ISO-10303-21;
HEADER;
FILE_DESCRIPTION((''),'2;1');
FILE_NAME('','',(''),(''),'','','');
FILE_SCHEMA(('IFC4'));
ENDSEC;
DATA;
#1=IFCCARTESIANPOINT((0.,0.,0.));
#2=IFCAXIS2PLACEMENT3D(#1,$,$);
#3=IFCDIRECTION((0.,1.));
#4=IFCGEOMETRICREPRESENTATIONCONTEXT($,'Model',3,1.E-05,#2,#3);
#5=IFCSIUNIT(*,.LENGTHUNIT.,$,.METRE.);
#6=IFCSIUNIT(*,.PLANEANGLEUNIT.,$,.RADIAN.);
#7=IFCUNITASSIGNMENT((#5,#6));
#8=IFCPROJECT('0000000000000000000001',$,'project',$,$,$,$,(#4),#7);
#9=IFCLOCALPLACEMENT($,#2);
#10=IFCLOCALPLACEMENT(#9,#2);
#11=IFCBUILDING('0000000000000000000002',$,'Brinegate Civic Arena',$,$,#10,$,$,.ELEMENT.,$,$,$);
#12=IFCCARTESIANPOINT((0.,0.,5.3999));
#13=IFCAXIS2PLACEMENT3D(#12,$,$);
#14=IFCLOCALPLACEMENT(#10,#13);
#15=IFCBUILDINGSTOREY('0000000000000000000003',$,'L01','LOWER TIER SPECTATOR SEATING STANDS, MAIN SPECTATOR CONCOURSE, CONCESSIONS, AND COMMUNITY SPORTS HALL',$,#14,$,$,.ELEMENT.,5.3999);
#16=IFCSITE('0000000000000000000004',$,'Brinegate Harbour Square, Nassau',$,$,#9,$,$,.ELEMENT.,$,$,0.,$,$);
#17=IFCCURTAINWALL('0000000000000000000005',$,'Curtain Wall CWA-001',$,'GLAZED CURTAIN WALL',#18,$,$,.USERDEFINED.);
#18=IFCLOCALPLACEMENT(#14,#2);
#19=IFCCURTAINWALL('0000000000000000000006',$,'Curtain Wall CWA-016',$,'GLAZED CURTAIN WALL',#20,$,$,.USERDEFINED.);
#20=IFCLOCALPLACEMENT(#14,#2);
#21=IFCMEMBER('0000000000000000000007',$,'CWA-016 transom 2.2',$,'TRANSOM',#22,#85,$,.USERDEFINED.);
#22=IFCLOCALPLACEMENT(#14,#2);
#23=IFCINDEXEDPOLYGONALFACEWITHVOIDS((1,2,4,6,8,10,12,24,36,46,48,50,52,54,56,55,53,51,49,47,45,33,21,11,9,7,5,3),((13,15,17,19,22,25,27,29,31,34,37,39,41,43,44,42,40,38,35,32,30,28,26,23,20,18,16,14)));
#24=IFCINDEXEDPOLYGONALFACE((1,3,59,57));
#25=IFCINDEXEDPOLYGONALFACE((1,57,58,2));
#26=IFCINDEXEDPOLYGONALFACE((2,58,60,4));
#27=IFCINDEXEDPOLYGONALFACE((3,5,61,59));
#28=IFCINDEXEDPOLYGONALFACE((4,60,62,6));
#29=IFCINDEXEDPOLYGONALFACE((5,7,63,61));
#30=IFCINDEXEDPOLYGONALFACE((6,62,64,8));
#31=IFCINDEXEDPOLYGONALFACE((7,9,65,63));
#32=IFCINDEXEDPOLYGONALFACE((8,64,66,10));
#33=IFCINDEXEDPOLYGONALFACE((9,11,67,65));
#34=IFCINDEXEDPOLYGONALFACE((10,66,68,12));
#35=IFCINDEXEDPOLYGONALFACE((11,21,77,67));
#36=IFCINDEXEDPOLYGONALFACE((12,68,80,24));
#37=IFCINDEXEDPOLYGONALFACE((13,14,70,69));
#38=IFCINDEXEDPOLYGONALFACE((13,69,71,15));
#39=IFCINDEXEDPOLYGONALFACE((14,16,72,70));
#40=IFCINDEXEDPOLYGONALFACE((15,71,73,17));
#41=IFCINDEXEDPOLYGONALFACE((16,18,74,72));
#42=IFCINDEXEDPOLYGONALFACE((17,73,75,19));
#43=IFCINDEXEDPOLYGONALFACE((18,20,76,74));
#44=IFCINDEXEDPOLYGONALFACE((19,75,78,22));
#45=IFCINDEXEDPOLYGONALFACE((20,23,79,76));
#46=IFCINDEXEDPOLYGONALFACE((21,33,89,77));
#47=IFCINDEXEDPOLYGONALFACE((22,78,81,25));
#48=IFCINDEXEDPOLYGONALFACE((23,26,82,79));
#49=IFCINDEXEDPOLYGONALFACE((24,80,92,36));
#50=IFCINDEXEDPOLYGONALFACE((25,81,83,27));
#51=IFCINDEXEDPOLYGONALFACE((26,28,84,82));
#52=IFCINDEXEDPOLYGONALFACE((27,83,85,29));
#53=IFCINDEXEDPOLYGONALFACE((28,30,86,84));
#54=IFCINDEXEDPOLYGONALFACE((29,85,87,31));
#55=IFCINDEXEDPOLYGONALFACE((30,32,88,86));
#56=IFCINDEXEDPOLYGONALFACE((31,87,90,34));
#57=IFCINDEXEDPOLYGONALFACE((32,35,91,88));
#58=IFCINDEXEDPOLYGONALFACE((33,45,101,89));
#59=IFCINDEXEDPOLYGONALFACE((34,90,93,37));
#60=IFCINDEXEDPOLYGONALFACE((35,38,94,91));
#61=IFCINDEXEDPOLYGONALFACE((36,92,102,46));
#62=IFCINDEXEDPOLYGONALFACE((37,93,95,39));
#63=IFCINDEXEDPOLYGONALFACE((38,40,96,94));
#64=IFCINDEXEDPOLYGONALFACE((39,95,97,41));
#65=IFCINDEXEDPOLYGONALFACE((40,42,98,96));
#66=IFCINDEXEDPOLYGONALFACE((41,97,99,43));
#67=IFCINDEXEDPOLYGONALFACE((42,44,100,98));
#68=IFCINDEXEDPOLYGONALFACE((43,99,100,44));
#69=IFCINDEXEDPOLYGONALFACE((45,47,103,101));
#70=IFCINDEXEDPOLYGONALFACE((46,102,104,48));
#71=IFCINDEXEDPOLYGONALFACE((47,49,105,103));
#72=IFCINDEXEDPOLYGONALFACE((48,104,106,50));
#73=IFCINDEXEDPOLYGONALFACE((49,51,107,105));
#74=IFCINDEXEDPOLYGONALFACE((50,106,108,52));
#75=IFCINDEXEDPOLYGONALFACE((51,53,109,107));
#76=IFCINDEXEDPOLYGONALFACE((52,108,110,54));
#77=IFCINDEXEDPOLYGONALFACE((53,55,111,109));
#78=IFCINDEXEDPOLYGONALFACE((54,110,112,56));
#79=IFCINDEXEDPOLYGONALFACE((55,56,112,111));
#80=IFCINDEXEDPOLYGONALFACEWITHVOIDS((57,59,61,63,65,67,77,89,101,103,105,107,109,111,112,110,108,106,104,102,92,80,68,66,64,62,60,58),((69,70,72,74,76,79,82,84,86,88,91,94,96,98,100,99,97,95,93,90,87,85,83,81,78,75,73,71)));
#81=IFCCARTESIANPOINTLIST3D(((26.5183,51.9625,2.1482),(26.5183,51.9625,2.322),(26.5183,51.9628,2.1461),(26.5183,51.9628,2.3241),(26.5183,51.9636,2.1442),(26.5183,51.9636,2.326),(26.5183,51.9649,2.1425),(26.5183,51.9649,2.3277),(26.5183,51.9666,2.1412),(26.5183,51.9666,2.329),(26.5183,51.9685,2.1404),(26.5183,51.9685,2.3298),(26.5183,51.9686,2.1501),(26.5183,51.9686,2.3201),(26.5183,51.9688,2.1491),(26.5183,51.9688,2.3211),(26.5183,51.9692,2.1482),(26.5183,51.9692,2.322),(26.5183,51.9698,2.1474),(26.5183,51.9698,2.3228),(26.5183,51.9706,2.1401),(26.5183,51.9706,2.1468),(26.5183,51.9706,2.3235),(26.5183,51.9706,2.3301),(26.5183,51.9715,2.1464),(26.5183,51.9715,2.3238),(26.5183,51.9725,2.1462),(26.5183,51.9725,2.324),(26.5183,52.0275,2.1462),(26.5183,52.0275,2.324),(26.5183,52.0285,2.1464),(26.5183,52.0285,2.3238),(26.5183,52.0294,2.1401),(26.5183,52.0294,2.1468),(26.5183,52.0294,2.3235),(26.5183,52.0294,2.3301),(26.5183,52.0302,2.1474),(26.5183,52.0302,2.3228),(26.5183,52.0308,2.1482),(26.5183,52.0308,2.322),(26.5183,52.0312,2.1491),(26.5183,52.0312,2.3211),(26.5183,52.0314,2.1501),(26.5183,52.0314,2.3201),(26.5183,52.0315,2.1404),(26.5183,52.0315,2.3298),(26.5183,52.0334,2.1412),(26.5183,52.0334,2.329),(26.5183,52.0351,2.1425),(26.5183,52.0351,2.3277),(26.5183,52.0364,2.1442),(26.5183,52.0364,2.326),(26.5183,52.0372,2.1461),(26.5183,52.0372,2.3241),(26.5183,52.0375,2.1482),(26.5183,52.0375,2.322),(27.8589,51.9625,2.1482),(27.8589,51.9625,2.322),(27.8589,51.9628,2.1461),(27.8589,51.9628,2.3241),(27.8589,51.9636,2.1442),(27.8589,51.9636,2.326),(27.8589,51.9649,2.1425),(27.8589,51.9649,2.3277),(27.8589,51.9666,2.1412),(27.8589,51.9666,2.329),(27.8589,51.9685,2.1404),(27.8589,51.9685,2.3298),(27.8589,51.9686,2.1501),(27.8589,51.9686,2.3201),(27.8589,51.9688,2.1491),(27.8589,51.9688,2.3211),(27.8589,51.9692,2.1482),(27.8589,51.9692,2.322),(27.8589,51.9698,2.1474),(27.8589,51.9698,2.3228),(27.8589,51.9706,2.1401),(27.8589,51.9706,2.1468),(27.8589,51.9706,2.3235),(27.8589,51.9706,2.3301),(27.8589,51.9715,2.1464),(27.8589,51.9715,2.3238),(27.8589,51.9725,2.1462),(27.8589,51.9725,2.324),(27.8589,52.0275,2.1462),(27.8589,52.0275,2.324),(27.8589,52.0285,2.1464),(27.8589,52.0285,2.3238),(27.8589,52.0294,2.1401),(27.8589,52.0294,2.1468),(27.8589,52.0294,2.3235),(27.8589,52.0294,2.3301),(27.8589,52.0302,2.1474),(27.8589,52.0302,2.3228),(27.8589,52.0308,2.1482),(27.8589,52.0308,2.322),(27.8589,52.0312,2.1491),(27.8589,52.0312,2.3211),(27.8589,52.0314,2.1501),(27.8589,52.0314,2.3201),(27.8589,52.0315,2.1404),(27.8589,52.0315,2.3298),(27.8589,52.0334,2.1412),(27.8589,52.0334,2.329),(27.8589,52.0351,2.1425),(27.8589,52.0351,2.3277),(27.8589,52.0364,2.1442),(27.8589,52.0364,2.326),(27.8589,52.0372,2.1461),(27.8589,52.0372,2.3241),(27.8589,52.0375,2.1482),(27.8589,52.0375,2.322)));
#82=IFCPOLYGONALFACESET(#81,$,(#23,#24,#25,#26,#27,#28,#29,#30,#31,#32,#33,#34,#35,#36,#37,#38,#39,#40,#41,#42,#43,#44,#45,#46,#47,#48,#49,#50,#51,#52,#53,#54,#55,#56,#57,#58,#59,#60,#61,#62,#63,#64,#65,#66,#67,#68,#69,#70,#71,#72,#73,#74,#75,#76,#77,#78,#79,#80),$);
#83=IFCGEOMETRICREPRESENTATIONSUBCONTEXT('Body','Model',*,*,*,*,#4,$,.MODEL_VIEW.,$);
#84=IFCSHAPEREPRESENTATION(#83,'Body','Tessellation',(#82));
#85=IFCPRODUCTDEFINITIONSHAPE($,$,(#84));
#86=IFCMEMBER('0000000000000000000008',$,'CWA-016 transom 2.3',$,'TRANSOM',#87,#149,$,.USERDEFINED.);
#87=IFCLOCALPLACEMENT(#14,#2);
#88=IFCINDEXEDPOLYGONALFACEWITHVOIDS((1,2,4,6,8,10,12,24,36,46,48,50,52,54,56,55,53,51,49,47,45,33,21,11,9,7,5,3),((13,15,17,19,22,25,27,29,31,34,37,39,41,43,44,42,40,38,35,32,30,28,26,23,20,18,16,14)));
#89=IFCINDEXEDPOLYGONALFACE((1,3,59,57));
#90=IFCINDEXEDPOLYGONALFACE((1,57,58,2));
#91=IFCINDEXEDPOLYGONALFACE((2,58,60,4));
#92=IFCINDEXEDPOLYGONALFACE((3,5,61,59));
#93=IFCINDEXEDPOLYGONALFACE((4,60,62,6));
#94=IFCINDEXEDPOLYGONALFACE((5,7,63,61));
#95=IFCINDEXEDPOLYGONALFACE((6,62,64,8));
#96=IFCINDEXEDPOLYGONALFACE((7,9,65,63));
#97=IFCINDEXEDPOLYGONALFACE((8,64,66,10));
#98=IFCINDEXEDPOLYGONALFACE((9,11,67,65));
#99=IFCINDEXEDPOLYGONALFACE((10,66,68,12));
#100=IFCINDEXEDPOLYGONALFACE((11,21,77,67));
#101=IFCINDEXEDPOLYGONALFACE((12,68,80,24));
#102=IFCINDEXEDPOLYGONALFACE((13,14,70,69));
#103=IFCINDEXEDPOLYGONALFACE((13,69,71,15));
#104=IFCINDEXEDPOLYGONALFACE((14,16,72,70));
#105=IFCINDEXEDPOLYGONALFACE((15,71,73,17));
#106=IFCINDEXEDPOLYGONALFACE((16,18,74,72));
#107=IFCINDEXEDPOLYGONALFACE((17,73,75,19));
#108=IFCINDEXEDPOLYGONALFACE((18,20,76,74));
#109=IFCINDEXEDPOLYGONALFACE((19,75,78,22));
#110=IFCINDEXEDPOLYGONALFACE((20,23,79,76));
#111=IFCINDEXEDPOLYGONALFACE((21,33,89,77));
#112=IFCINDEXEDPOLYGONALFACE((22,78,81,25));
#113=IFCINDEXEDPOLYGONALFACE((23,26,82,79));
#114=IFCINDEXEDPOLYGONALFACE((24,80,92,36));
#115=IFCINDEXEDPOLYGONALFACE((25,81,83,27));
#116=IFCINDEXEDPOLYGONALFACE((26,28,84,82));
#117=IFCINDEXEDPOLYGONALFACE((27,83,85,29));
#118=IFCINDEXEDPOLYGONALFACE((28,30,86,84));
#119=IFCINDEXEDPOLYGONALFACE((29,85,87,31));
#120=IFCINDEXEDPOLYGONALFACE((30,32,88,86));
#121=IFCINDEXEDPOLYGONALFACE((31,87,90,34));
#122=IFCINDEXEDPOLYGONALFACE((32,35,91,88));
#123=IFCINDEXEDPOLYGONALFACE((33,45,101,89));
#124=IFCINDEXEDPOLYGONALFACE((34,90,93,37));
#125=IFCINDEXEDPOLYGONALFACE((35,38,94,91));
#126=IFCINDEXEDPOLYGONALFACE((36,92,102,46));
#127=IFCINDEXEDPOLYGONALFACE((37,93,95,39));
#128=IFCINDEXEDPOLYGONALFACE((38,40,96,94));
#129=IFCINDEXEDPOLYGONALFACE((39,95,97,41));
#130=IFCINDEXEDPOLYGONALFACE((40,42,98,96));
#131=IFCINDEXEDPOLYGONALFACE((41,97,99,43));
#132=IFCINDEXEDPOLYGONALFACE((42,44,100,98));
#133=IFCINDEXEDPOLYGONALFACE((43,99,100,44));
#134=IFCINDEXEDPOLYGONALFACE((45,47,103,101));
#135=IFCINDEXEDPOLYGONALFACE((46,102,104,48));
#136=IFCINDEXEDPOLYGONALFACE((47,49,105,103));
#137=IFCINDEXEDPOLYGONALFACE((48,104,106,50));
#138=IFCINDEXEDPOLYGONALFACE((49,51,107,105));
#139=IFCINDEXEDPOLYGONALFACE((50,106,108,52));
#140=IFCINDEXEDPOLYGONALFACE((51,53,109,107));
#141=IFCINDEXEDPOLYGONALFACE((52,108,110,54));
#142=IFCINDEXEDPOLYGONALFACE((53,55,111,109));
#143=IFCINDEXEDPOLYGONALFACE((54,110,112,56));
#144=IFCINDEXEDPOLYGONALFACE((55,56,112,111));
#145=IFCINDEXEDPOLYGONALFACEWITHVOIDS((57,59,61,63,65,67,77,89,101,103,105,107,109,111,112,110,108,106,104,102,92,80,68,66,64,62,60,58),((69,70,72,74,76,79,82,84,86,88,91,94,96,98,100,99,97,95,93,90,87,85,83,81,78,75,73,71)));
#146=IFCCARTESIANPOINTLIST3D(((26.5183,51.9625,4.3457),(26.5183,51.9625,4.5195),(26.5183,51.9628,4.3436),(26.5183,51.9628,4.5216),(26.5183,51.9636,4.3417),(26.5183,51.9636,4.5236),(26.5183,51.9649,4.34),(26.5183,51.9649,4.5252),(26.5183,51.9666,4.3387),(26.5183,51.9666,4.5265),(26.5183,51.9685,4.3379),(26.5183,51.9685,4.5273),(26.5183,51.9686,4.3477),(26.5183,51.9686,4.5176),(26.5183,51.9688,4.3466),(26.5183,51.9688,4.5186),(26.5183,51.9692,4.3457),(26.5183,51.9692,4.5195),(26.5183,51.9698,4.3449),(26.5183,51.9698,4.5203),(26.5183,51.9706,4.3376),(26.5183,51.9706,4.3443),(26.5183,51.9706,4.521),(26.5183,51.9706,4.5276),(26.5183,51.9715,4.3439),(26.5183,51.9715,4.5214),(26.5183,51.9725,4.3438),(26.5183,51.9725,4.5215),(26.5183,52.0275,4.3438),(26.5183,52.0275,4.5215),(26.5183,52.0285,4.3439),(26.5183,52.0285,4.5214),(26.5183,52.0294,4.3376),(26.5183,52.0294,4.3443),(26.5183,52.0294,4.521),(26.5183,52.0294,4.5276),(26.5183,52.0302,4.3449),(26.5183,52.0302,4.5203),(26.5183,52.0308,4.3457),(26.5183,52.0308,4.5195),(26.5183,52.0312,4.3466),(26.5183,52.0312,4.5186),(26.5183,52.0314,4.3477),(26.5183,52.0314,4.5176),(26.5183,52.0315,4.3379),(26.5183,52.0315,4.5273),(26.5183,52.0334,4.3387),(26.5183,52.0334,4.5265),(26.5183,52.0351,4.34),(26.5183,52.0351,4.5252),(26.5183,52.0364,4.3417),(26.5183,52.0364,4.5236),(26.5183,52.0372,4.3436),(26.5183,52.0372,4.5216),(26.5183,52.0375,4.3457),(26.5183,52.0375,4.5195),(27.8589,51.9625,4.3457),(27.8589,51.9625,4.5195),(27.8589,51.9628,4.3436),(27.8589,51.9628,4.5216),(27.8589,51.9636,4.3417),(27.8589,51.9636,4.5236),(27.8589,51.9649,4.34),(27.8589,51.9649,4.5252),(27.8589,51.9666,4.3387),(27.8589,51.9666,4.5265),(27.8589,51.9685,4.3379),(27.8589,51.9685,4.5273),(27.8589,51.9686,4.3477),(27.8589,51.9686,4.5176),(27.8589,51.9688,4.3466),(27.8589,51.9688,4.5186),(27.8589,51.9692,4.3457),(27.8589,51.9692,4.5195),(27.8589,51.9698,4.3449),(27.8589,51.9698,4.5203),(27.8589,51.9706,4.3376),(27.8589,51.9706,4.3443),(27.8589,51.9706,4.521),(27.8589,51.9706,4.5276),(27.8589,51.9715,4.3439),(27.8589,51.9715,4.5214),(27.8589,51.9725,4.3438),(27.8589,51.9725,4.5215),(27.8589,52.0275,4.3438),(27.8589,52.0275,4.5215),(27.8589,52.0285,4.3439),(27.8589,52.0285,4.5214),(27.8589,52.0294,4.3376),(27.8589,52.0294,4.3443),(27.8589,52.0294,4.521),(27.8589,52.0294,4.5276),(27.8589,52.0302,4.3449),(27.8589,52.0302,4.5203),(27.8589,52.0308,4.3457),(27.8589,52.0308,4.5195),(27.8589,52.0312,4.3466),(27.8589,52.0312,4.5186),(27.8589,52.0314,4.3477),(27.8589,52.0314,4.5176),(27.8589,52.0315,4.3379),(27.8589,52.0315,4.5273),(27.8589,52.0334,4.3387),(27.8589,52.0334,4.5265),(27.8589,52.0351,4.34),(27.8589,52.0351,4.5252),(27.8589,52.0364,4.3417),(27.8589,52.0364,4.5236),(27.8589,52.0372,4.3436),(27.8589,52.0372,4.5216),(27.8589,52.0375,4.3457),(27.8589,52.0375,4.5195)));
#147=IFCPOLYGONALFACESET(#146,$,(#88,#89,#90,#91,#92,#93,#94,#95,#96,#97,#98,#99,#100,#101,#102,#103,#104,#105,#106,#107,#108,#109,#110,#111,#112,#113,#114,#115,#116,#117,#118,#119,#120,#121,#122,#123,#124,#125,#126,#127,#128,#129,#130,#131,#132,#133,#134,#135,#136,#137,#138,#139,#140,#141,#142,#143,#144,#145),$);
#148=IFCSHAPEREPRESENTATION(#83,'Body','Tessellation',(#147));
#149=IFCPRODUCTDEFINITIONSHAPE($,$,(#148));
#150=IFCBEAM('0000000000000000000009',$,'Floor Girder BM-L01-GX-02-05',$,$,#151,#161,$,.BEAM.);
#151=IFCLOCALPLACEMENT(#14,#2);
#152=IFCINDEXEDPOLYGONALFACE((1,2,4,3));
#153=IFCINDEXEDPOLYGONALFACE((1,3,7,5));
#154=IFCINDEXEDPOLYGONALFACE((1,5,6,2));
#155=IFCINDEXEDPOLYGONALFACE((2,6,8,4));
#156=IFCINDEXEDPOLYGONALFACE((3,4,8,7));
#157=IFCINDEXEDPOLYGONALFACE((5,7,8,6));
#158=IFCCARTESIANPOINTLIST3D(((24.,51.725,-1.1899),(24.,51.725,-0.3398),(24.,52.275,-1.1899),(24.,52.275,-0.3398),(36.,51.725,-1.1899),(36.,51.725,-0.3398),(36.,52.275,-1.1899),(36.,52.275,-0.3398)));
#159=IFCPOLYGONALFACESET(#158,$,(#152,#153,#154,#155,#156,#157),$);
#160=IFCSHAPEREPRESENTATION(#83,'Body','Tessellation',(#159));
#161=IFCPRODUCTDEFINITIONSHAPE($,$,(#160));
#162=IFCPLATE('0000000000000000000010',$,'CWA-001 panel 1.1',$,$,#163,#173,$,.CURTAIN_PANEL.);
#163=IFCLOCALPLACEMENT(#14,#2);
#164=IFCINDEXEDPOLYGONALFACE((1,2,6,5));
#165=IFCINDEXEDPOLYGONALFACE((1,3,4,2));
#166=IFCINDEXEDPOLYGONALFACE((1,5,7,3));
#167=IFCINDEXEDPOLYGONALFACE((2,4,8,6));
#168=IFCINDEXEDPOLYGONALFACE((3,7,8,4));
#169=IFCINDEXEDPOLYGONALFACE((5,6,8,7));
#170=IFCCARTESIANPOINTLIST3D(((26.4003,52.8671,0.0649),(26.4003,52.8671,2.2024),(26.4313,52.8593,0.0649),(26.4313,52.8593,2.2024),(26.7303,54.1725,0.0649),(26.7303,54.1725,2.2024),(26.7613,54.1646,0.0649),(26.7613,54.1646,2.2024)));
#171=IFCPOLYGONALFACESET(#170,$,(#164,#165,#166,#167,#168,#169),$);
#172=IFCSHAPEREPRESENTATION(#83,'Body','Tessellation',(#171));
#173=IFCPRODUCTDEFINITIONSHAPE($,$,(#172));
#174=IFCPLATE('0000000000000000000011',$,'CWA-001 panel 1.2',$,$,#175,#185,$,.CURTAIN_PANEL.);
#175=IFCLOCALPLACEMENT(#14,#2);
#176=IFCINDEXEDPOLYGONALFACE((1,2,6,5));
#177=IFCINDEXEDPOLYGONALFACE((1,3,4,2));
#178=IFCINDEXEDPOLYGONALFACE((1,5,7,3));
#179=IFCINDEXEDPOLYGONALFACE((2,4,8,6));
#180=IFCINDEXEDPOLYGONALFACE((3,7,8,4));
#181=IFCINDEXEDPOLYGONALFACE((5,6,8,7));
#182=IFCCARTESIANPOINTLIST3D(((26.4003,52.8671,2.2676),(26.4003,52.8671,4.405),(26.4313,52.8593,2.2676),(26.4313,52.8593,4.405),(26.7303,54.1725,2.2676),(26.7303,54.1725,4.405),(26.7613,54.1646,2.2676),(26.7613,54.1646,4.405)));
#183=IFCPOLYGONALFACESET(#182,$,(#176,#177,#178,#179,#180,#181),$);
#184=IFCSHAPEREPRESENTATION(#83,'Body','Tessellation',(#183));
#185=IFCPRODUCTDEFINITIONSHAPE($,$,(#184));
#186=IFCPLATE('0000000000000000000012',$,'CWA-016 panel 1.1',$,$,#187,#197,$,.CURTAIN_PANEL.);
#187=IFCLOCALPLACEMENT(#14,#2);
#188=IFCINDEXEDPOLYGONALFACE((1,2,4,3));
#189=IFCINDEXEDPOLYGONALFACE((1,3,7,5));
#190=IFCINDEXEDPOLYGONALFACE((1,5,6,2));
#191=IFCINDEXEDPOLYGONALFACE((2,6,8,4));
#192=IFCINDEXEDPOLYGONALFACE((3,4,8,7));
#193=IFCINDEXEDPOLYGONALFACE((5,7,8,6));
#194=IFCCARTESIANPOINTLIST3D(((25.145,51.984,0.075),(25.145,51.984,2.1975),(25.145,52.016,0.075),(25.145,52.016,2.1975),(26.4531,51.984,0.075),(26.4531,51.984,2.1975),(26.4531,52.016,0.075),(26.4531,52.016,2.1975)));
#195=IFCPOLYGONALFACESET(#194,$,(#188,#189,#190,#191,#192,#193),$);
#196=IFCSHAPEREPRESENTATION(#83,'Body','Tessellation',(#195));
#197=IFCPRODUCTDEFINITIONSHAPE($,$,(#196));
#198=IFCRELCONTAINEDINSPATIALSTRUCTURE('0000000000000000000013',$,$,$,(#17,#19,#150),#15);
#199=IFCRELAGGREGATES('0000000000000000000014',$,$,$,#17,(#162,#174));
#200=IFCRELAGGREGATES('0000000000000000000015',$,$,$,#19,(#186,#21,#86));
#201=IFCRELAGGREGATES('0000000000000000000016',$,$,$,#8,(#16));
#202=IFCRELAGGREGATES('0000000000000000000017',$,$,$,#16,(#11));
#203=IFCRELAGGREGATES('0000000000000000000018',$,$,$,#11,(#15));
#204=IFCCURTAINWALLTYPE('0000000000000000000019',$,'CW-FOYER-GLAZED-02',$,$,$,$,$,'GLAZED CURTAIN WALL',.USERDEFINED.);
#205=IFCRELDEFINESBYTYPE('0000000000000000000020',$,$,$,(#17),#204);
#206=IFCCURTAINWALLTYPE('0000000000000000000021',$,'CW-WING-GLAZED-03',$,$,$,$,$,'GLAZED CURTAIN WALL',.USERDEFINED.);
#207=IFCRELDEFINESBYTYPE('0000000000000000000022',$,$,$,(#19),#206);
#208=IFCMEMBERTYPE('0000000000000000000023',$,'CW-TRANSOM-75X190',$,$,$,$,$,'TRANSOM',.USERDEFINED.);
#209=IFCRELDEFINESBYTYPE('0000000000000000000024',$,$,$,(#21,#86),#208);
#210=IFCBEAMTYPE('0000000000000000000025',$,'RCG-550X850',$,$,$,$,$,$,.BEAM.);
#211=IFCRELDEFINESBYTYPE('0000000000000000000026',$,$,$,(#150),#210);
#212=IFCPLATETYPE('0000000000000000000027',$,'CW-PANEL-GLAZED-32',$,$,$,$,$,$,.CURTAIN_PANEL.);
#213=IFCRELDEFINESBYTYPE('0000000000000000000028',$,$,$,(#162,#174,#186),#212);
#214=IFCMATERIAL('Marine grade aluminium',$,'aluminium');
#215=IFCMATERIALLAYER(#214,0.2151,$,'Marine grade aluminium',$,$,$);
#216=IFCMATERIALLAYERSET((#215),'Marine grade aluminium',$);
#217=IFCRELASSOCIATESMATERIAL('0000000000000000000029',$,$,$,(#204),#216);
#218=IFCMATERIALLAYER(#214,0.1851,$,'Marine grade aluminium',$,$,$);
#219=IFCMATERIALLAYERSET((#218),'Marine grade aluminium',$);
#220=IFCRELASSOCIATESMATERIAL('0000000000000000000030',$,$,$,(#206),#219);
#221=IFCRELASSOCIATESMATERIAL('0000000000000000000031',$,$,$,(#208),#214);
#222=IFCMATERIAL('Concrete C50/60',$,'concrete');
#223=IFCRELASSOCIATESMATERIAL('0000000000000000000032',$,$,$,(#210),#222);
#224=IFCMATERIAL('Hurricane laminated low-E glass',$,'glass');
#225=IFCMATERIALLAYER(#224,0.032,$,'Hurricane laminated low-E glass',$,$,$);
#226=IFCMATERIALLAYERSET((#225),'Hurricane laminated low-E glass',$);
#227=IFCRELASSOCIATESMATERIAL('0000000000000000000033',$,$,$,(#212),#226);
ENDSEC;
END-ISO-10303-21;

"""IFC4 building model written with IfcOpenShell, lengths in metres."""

from ifc_helpers import new_model, si_unit, direction, frame, origin, origin_2d, place, context, subcontext, project, spatial, rectangle, hollow_rectangle, extrude, material, layer, layer_set, material_profile, profile_set, type_object, element, aggregate, save


model = new_model("IFC4")

# Units and contexts
model_context = context("Model", 3, precision=1e-05, world=origin(), true_north=direction((0.0, 1.0)))
body_context = subcontext(model_context, "Body", "Model", "MODEL_VIEW")
ifc_project = project(units=[si_unit("LENGTHUNIT", "METRE"), si_unit("PLANEANGLEUNIT", "RADIAN")], contexts=[model_context])

# Site, building, storey
site_placement = place(None, origin())
site = spatial("IfcSite", under=ifc_project, at=site_placement, Name="Brinegate Harbour Square, Nassau", CompositionType="ELEMENT", RefElevation=0.0)
building_placement = place(site_placement, origin())
building = spatial("IfcBuilding", under=site, at=building_placement, Name="Brinegate Civic Arena", CompositionType="ELEMENT")
storey_placement = place(building_placement, frame((0.0, 0.0, 5.3999)))
storey = spatial("IfcBuildingStorey", under=building, at=storey_placement, Name="L01", Description="LOWER TIER SPECTATOR SEATING STANDS, MAIN SPECTATOR CONCOURSE, CONCESSIONS, AND COMMUNITY SPORTS HALL", CompositionType="ELEMENT", Elevation=5.3999)

# Shared definitions
ifc_material_1 = material(Name="Concrete C50/60", Category="concrete")

# Curtain wall
ifc_material_2 = material(Name="Marine grade aluminium", Category="aluminium")
ifc_layer_1 = layer(ifc_material_2, 0.2151, Name="Marine grade aluminium")
ifc_layer_set_1 = layer_set([ifc_layer_1], Name="Marine grade aluminium")
curtain_wall_type_1 = type_object("IfcCurtainWallType", Name="CW-FOYER-GLAZED-02", ElementType="GLAZED CURTAIN WALL", PredefinedType="USERDEFINED", material=ifc_layer_set_1)
curtain_wall_1_placement = place(storey_placement, origin())
curtain_wall_1 = element("IfcCurtainWall", 1, at=curtain_wall_1_placement, inside=storey, type_object=curtain_wall_type_1, Name="Curtain Wall CWA-001", ObjectType="GLAZED CURTAIN WALL", PredefinedType="USERDEFINED")

# Curtain wall
ifc_layer_2 = layer(ifc_material_2, 0.1851, Name="Marine grade aluminium")
ifc_layer_set_2 = layer_set([ifc_layer_2], Name="Marine grade aluminium")
curtain_wall_type_2 = type_object("IfcCurtainWallType", Name="CW-WING-GLAZED-03", ElementType="GLAZED CURTAIN WALL", PredefinedType="USERDEFINED", material=ifc_layer_set_2)
curtain_wall_2_placement = place(storey_placement, origin())
curtain_wall_2 = element("IfcCurtainWall", 2, at=curtain_wall_2_placement, inside=storey, type_object=curtain_wall_type_2, Name="Curtain Wall CWA-016", ObjectType="GLAZED CURTAIN WALL", PredefinedType="USERDEFINED")

# Members
ifc_material_profile_1 = material_profile(ifc_material_2, hollow_rectangle(XDim=0.075, YDim=0.1899, WallThickness=0.0061, InnerFilletRadius=0.0039, OuterFilletRadius=0.0081, at=origin_2d()), Name="TRN75X190")
ifc_profile_set_1 = profile_set([ifc_material_profile_1], Name="Marine grade aluminium")
member_type_1 = type_object("IfcMemberType", Name="CW-TRANSOM-75X190", ElementType="TRANSOM", PredefinedType="USERDEFINED", material=ifc_profile_set_1)
member_1_placement = place(storey_placement, frame((26.5183, 52.0, 2.2351), z_axis=(1.0, 0.0, 0.0), x_axis=(0.0, 1.0, 0.0)))
member_1 = element("IfcMember", 3, at=member_1_placement, type_object=member_type_1, Name="CWA-016 transom 2.2", ObjectType="TRANSOM", PredefinedType="USERDEFINED", context=body_context, shape_type="SweptSolid", body=[
    extrude(hollow_rectangle(XDim=0.075, YDim=0.1899, WallThickness=0.0061, InnerFilletRadius=0.0039, OuterFilletRadius=0.0081, at=origin_2d()), origin(), (0.0, 0.0, 1.0), 1.3406),
])
member_2_placement = place(storey_placement, frame((26.5183, 52.0, 4.4326), z_axis=(1.0, 0.0, 0.0), x_axis=(0.0, 1.0, 0.0)))
member_2 = element("IfcMember", 4, at=member_2_placement, type_object=member_type_1, Name="CWA-016 transom 2.3", ObjectType="TRANSOM", PredefinedType="USERDEFINED", context=body_context, shape_type="SweptSolid", body=[
    extrude(hollow_rectangle(XDim=0.075, YDim=0.1899, WallThickness=0.0061, InnerFilletRadius=0.0039, OuterFilletRadius=0.0081, at=origin_2d()), origin(), (0.0, 0.0, 1.0), 1.3406),
])

# Beam
ifc_material_profile_2 = material_profile(ifc_material_1, rectangle(XDim=0.55, YDim=0.8501, at=origin_2d()), Name="RCB550X850")
ifc_profile_set_2 = profile_set([ifc_material_profile_2], Name="Concrete C50/60")
beam_type = type_object("IfcBeamType", Name="RCG-550X850", PredefinedType="BEAM", material=ifc_profile_set_2)
beam_placement = place(storey_placement, frame((24.0, 52.0, -0.7649), z_axis=(1.0, 0.0, 0.0), x_axis=(0.0, 1.0, 0.0)))
element("IfcBeam", 5, at=beam_placement, inside=storey, type_object=beam_type, Name="Floor Girder BM-L01-GX-02-05", PredefinedType="BEAM", context=body_context, shape_type="SweptSolid", body=[
    extrude(rectangle(XDim=0.55, YDim=0.8501, at=origin_2d()), origin(), (0.0, 0.0, 1.0), 12.0),
])

# Plates
ifc_material_3 = material(Name="Hurricane laminated low-E glass", Category="glass")
ifc_layer_3 = layer(ifc_material_3, 0.032, Name="Hurricane laminated low-E glass")
ifc_layer_set_3 = layer_set([ifc_layer_3], Name="Hurricane laminated low-E glass")
plate_type_1 = type_object("IfcPlateType", Name="CW-PANEL-GLAZED-32", PredefinedType="CURTAIN_PANEL", material=ifc_layer_set_3)
plate_1_placement = place(storey_placement, frame((26.5808, 53.5159, 0.0649), z_axis=(0.0, 0.0, 1.0), x_axis=(0.245042, 0.969513, 0.0)))
plate_1 = element("IfcPlate", 6, at=plate_1_placement, type_object=plate_type_1, Name="CWA-001 panel 1.1", PredefinedType="CURTAIN_PANEL", context=body_context, shape_type="SweptSolid", body=[
    extrude(rectangle(XDim=1.3464, YDim=0.032, at=origin_2d()), origin(), (0.0, 0.0, 1.0), 2.1375),
])
plate_2_placement = place(storey_placement, frame((26.5808, 53.5159, 2.2676), z_axis=(0.0, 0.0, 1.0), x_axis=(0.245042, 0.969513, 0.0)))
plate_2 = element("IfcPlate", 7, at=plate_2_placement, type_object=plate_type_1, Name="CWA-001 panel 1.2", PredefinedType="CURTAIN_PANEL", context=body_context, shape_type="SweptSolid", body=[
    extrude(rectangle(XDim=1.3464, YDim=0.032, at=origin_2d()), origin(), (0.0, 0.0, 1.0), 2.1375),
])
aggregate(curtain_wall_1, [plate_1, plate_2])
plate_3_placement = place(storey_placement, frame((25.7991, 52.0, 0.075), z_axis=(0.0, 0.0, 1.0), x_axis=(1.0, 0.0, 0.0)))
plate_3 = element("IfcPlate", 8, at=plate_3_placement, type_object=plate_type_1, Name="CWA-016 panel 1.1", PredefinedType="CURTAIN_PANEL", context=body_context, shape_type="SweptSolid", body=[
    extrude(rectangle(XDim=1.3081, YDim=0.032, at=origin_2d()), origin(), (0.0, 0.0, 1.0), 2.1226),
])
aggregate(curtain_wall_2, [plate_3, member_1, member_2])

save(model, "model.ifc")
